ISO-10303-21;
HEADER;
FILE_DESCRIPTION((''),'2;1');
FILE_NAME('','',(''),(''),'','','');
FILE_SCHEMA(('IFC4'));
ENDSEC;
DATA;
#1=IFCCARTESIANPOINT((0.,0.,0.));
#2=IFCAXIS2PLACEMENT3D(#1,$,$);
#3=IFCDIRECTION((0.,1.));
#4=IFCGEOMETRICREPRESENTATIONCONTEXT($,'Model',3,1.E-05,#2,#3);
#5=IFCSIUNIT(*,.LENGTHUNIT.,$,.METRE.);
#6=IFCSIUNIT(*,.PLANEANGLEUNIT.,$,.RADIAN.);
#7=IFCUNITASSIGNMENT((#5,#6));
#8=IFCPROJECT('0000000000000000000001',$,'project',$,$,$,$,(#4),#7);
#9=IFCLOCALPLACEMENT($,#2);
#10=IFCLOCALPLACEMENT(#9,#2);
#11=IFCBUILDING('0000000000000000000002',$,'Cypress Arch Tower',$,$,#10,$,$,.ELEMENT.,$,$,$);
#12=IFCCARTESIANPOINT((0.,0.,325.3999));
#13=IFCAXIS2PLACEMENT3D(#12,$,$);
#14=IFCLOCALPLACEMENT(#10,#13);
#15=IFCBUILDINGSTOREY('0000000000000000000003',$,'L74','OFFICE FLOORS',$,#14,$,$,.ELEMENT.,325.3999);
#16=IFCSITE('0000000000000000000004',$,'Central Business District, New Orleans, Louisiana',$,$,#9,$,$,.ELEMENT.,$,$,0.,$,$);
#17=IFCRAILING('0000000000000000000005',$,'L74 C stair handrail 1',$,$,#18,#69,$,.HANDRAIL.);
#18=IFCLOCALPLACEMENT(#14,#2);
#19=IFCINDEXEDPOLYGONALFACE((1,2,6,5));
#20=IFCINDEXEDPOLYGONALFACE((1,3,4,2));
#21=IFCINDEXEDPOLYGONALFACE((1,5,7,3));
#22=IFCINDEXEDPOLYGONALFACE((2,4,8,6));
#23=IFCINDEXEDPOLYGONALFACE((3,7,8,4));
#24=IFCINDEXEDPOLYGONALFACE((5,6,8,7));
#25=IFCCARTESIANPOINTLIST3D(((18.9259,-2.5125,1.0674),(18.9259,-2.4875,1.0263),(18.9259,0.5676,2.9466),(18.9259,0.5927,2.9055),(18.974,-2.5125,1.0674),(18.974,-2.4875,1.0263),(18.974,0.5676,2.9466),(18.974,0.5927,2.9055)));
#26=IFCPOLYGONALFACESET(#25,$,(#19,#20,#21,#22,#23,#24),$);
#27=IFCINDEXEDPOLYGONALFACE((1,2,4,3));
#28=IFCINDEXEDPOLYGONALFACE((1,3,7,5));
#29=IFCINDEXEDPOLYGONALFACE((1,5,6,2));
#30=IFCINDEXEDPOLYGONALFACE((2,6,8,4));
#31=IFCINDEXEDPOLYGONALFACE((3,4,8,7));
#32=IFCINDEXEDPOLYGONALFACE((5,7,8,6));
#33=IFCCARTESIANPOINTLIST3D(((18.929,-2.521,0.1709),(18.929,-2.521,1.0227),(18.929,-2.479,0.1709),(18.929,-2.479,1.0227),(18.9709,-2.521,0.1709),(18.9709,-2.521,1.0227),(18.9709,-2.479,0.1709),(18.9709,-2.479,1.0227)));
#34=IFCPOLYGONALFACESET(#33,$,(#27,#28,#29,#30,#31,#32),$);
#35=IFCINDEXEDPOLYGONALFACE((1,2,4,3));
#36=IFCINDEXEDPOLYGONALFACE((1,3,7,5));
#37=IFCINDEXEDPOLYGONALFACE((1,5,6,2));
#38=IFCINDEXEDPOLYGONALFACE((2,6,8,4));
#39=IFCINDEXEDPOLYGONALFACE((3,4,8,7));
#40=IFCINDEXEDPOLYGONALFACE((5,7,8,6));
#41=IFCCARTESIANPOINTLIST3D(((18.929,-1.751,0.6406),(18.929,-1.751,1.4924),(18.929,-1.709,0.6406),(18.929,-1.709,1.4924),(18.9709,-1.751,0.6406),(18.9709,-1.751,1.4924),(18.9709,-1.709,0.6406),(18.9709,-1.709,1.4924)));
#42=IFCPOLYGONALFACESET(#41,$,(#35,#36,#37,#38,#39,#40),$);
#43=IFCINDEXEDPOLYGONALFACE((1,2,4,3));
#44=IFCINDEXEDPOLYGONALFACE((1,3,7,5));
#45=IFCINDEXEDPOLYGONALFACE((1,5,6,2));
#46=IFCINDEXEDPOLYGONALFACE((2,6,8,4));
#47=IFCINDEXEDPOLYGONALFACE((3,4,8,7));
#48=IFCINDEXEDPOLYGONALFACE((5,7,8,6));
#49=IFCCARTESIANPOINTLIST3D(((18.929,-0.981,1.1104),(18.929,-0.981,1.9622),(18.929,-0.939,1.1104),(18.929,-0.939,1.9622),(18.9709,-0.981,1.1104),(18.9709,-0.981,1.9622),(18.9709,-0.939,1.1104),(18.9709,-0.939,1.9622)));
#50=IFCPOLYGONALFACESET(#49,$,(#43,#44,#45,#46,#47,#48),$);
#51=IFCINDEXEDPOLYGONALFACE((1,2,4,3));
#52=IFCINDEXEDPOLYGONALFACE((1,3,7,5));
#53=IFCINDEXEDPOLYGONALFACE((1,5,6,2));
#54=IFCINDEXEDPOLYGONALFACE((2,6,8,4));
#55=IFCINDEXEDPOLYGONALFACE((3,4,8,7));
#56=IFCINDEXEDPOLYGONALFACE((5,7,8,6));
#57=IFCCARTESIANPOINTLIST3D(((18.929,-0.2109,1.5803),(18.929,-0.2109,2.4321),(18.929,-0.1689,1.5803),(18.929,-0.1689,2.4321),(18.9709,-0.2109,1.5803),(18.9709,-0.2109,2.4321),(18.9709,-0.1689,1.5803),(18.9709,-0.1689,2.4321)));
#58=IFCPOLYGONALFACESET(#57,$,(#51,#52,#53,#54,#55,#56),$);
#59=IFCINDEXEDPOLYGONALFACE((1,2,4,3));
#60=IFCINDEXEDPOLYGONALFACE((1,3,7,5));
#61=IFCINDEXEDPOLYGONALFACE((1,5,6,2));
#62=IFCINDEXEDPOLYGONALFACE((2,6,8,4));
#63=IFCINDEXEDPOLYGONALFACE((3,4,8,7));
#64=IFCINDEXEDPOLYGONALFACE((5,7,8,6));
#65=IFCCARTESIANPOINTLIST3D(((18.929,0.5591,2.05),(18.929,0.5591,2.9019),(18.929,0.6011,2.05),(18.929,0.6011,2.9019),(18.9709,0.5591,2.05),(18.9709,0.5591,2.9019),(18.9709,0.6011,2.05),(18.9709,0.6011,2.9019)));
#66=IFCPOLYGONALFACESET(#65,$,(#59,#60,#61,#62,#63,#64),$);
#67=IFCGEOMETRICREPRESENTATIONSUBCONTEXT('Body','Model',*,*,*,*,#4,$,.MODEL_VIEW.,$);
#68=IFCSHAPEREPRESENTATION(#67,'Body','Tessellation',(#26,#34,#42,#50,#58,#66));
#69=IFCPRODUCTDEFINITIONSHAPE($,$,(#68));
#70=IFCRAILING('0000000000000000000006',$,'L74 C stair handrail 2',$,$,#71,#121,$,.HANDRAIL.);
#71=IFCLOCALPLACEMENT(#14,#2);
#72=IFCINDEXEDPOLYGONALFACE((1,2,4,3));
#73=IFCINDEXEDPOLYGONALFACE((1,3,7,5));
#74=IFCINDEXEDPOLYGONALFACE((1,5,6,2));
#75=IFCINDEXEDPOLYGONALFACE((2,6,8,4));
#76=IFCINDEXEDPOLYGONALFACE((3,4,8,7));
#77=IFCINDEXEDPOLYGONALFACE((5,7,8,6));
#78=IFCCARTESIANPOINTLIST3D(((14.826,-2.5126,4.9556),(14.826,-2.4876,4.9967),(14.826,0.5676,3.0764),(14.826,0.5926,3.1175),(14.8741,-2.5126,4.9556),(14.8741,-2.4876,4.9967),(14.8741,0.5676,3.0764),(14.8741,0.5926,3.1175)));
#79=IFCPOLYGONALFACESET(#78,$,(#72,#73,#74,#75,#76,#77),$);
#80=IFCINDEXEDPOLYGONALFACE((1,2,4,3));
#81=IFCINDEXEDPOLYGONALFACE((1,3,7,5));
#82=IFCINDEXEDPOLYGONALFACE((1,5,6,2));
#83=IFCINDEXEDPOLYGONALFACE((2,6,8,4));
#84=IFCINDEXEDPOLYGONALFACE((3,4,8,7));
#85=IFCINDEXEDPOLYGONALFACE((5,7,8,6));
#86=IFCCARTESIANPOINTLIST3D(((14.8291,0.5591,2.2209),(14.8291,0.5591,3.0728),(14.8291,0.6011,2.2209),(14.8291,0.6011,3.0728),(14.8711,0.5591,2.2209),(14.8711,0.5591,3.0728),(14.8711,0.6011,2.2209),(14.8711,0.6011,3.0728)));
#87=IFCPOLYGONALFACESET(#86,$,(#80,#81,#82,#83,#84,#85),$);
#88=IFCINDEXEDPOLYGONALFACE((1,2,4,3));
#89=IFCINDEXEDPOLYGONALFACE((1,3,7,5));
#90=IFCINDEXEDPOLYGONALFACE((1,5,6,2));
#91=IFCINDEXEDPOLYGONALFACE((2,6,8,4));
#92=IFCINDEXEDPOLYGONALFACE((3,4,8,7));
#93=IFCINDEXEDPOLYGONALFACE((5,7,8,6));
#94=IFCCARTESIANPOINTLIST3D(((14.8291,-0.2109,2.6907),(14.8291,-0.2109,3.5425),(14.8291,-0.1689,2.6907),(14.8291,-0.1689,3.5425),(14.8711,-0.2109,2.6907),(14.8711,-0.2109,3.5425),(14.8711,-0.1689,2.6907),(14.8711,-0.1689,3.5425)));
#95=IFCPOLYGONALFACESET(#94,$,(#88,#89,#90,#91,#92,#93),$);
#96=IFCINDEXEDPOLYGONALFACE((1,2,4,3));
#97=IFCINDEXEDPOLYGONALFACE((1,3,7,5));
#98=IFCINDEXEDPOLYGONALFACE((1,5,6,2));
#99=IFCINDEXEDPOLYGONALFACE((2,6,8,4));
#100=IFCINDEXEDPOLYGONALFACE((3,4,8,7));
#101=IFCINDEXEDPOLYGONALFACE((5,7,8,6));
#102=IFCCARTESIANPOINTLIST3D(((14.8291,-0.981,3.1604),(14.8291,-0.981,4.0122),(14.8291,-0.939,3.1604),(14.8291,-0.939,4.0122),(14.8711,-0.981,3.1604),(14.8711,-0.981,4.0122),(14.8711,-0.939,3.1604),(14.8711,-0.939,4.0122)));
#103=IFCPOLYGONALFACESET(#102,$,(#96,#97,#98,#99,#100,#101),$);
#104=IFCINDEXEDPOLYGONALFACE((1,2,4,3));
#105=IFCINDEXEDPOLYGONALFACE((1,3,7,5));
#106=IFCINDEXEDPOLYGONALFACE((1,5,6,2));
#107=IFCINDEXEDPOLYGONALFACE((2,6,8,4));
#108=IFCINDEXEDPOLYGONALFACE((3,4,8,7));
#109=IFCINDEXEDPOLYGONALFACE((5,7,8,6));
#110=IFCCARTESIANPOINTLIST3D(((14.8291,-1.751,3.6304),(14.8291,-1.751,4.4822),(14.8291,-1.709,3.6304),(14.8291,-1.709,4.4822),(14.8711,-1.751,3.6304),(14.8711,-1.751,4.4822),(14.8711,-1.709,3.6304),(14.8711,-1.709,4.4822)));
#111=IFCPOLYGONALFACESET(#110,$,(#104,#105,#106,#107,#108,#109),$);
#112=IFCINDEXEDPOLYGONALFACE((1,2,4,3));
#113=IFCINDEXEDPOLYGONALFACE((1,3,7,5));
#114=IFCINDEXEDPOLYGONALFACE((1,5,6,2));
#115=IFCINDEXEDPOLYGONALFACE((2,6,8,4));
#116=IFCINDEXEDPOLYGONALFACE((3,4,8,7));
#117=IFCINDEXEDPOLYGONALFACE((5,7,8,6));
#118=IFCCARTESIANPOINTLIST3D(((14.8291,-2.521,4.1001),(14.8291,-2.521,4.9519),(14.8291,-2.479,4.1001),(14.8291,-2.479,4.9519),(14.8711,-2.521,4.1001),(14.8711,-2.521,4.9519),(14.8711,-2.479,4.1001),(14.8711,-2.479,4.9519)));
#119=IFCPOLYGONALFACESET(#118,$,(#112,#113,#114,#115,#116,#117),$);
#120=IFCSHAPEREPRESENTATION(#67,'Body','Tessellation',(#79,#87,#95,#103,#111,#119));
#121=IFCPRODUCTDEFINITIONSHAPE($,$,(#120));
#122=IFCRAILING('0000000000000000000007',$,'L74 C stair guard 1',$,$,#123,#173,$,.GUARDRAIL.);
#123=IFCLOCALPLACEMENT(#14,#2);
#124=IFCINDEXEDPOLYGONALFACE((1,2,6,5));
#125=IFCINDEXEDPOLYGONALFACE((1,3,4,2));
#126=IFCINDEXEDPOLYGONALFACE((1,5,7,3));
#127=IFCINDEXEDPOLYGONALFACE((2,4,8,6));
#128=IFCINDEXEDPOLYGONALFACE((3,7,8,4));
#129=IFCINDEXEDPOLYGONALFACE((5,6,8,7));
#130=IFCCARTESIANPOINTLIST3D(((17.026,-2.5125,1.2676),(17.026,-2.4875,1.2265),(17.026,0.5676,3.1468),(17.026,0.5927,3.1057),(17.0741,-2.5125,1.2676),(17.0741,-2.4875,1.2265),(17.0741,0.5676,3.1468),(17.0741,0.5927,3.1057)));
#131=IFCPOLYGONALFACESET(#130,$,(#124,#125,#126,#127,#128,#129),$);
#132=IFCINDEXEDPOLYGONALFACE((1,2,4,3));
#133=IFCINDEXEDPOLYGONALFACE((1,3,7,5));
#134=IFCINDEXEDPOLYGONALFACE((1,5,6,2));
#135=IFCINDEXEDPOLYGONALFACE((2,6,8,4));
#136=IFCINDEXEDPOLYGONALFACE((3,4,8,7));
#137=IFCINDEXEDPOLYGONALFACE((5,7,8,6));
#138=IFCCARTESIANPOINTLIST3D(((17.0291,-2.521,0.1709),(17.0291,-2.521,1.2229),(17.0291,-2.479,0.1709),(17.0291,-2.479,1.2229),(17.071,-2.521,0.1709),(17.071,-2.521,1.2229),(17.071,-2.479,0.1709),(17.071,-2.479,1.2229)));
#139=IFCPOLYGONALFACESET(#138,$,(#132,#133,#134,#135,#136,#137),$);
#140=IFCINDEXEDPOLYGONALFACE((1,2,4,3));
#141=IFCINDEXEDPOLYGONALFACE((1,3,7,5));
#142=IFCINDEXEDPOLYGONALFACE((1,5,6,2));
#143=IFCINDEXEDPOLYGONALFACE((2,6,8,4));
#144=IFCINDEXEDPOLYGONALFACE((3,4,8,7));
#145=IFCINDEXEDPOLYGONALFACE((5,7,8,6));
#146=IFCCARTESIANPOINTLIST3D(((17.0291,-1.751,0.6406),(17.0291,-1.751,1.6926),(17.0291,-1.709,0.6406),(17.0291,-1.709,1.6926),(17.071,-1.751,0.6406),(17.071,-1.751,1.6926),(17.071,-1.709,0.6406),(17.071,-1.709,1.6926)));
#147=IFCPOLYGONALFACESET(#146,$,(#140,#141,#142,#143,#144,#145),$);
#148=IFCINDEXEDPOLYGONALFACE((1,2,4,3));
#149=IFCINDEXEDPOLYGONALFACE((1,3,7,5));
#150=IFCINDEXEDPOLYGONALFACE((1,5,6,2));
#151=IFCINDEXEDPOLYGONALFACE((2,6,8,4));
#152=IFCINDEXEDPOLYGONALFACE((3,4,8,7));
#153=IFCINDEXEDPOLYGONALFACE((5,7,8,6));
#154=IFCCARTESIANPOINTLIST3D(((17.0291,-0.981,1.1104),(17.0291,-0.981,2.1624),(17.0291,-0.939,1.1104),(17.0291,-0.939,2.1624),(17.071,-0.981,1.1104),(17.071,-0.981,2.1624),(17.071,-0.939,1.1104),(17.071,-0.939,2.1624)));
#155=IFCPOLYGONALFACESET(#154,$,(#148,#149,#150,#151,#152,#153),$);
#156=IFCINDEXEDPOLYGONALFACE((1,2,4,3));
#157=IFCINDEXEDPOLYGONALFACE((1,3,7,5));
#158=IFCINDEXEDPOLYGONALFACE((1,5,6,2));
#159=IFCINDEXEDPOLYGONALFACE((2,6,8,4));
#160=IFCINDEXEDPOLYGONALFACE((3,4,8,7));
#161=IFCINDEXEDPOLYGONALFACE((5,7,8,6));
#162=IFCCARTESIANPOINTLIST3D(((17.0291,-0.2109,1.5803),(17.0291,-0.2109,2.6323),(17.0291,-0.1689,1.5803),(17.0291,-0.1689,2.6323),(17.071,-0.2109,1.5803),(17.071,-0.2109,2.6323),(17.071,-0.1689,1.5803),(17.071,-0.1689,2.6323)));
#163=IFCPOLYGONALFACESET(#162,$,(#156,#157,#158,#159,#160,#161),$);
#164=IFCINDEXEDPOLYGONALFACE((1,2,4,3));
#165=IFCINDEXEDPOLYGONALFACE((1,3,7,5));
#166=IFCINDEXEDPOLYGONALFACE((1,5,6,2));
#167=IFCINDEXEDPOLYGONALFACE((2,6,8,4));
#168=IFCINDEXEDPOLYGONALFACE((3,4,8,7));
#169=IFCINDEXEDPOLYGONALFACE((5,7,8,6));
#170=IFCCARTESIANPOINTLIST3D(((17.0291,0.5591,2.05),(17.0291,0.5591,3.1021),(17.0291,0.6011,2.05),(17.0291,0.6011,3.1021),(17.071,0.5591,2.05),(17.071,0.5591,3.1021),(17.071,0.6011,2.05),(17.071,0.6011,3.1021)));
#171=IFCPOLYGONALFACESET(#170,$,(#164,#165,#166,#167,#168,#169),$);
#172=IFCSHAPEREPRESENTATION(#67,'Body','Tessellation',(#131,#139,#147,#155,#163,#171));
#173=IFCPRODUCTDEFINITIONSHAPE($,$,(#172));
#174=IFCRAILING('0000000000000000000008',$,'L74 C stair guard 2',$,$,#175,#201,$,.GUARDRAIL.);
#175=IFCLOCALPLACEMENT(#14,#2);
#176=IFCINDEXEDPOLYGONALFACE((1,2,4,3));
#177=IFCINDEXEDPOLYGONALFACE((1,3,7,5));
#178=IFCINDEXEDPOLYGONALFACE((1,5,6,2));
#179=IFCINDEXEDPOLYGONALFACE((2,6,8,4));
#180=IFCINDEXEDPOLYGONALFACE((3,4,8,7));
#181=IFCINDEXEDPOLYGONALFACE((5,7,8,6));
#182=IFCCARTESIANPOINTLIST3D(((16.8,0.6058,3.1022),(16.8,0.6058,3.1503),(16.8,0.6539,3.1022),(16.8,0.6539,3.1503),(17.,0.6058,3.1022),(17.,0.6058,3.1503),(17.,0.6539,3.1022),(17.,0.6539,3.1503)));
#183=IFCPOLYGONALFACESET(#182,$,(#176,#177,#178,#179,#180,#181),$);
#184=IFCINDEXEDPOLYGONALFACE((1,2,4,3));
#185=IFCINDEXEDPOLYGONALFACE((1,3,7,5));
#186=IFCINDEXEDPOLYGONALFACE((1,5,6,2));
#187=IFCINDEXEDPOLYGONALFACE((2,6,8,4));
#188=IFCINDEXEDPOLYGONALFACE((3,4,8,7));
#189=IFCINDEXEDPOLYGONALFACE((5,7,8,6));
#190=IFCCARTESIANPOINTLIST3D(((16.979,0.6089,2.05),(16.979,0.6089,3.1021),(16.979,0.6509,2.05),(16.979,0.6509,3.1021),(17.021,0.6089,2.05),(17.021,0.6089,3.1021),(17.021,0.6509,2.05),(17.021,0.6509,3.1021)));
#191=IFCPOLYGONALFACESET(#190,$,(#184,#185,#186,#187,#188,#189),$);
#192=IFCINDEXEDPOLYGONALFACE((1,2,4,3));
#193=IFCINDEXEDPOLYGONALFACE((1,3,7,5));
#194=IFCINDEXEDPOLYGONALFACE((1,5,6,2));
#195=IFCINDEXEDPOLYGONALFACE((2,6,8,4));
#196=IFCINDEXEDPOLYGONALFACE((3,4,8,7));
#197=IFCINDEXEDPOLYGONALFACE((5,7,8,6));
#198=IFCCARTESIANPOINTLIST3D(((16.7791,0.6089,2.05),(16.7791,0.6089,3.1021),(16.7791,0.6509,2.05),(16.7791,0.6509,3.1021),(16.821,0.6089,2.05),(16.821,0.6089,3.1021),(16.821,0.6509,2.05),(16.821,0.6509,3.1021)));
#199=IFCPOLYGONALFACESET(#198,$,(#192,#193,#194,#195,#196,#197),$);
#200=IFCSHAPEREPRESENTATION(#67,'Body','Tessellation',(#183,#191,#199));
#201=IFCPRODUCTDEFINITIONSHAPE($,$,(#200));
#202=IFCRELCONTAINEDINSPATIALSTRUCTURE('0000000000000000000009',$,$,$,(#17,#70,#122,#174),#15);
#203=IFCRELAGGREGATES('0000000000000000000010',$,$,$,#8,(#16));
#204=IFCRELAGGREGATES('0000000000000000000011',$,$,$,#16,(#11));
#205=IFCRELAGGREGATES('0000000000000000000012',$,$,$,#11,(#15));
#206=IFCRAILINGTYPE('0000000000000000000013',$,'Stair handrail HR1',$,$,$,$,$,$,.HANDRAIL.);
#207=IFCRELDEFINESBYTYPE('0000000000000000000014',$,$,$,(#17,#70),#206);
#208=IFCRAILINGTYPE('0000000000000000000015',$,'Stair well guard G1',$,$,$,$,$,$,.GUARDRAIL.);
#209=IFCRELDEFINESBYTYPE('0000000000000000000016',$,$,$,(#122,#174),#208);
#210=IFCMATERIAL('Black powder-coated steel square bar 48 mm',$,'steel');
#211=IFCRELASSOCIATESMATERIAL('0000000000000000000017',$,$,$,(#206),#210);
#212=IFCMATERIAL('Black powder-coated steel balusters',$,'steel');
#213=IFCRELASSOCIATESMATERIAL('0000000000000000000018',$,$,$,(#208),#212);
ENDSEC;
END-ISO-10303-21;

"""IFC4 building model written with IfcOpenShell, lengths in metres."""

from ifc_helpers import new_model, si_unit, direction, frame, origin, origin_2d, place, context, subcontext, project, spatial, rectangle, extrude, material, type_object, element, save


model = new_model("IFC4")

# Units and contexts
model_context = context("Model", 3, precision=1e-05, world=origin(), true_north=direction((0.0, 1.0)))
body_context = subcontext(model_context, "Body", "Model", "MODEL_VIEW")
ifc_project = project(units=[si_unit("LENGTHUNIT", "METRE"), si_unit("PLANEANGLEUNIT", "RADIAN")], contexts=[model_context])

# Site, building, storey
site_placement = place(None, origin())
site = spatial("IfcSite", under=ifc_project, at=site_placement, Name="Central Business District, New Orleans, Louisiana", CompositionType="ELEMENT", RefElevation=0.0)
building_placement = place(site_placement, origin())
building = spatial("IfcBuilding", under=site, at=building_placement, Name="Cypress Arch Tower", CompositionType="ELEMENT")
storey_placement = place(building_placement, frame((0.0, 0.0, 325.3999)))
storey = spatial("IfcBuildingStorey", under=building, at=storey_placement, Name="L74", Description="OFFICE FLOORS", CompositionType="ELEMENT", Elevation=325.3999)

# Railings
ifc_material_1 = material(Name="Black powder-coated steel square bar 48 mm", Category="steel")
railing_type_1 = type_object("IfcRailingType", Name="Stair handrail HR1", PredefinedType="HANDRAIL", material=ifc_material_1)
railing_1_placement = place(storey_placement, frame((18.95, -2.5, 0.1709)))
element("IfcRailing", 1, at=railing_1_placement, inside=storey, type_object=railing_type_1, Name="L74 C stair handrail 1", PredefinedType="HANDRAIL", context=body_context, shape_type="SweptSolid", body=[
    extrude(rectangle(XDim=0.0481, YDim=0.0481, at=origin_2d()), frame((0.0, 0.0, 0.876), z_axis=(0.0, 0.853666, 0.52082), x_axis=(-1.0, 0.0, 0.0)), (0.0, 0.0, 1.0), 3.6082),
    extrude(rectangle(XDim=0.042, YDim=0.042, at=origin_2d()), origin(), (0.0, 0.0, 1.0), 0.8518),
    extrude(rectangle(XDim=0.042, YDim=0.042, at=origin_2d()), frame((0.0, 0.77, 0.4697)), (0.0, 0.0, 1.0), 0.8518),
    extrude(rectangle(XDim=0.042, YDim=0.042, at=origin_2d()), frame((0.0, 1.54, 0.9395)), (0.0, 0.0, 1.0), 0.8518),
    extrude(rectangle(XDim=0.042, YDim=0.042, at=origin_2d()), frame((0.0, 2.3101, 1.4094)), (0.0, 0.0, 1.0), 0.8518),
    extrude(rectangle(XDim=0.042, YDim=0.042, at=origin_2d()), frame((0.0, 3.0801, 1.8792)), (0.0, 0.0, 1.0), 0.8518),
])
railing_2_placement = place(storey_placement, frame((14.8501, 0.5801, 2.2209)))
element("IfcRailing", 2, at=railing_2_placement, inside=storey, type_object=railing_type_1, Name="L74 C stair handrail 2", PredefinedType="HANDRAIL", context=body_context, shape_type="SweptSolid", body=[
    extrude(rectangle(XDim=0.0481, YDim=0.0481, at=origin_2d()), frame((0.0, 0.0, 0.876), z_axis=(0.0, -0.853666, 0.52082), x_axis=(1.0, 0.0, 0.0)), (0.0, 0.0, 1.0), 3.6082),
    extrude(rectangle(XDim=0.042, YDim=0.042, at=origin_2d()), origin(), (0.0, 0.0, 1.0), 0.8518),
    extrude(rectangle(XDim=0.042, YDim=0.042, at=origin_2d()), frame((0.0, -0.77, 0.4697)), (0.0, 0.0, 1.0), 0.8518),
    extrude(rectangle(XDim=0.042, YDim=0.042, at=origin_2d()), frame((0.0, -1.54, 0.9395)), (0.0, 0.0, 1.0), 0.8518),
    extrude(rectangle(XDim=0.042, YDim=0.042, at=origin_2d()), frame((0.0, -2.3101, 1.4094)), (0.0, 0.0, 1.0), 0.8518),
    extrude(rectangle(XDim=0.042, YDim=0.042, at=origin_2d()), frame((0.0, -3.0801, 1.8792)), (0.0, 0.0, 1.0), 0.8518),
])
ifc_material_2 = material(Name="Black powder-coated steel balusters", Category="steel")
railing_type_2 = type_object("IfcRailingType", Name="Stair well guard G1", PredefinedType="GUARDRAIL", material=ifc_material_2)
railing_3_placement = place(storey_placement, frame((17.05, -2.5, 0.1709)))
element("IfcRailing", 3, at=railing_3_placement, inside=storey, type_object=railing_type_2, Name="L74 C stair guard 1", PredefinedType="GUARDRAIL", context=body_context, shape_type="SweptSolid", body=[
    extrude(rectangle(XDim=0.0481, YDim=0.0481, at=origin_2d()), frame((0.0, 0.0, 1.0762), z_axis=(0.0, 0.853666, 0.52082), x_axis=(-1.0, 0.0, 0.0)), (0.0, 0.0, 1.0), 3.6082),
    extrude(rectangle(XDim=0.042, YDim=0.042, at=origin_2d()), origin(), (0.0, 0.0, 1.0), 1.052),
    extrude(rectangle(XDim=0.042, YDim=0.042, at=origin_2d()), frame((0.0, 0.77, 0.4697)), (0.0, 0.0, 1.0), 1.052),
    extrude(rectangle(XDim=0.042, YDim=0.042, at=origin_2d()), frame((0.0, 1.54, 0.9395)), (0.0, 0.0, 1.0), 1.052),
    extrude(rectangle(XDim=0.042, YDim=0.042, at=origin_2d()), frame((0.0, 2.3101, 1.4094)), (0.0, 0.0, 1.0), 1.052),
    extrude(rectangle(XDim=0.042, YDim=0.042, at=origin_2d()), frame((0.0, 3.0801, 1.8792)), (0.0, 0.0, 1.0), 1.052),
])
railing_4_placement = place(storey_placement, frame((17.0, 0.6299, 2.05)))
element("IfcRailing", 4, at=railing_4_placement, inside=storey, type_object=railing_type_2, Name="L74 C stair guard 2", PredefinedType="GUARDRAIL", context=body_context, shape_type="SweptSolid", body=[
    extrude(rectangle(XDim=0.0481, YDim=0.0481, at=origin_2d()), frame((0.0, 0.0, 1.0762), z_axis=(-1.0, 0.0, 0.0), x_axis=(0.0, -1.0, 0.0)), (0.0, 0.0, 1.0), 0.2),
    extrude(rectangle(XDim=0.042, YDim=0.042, at=origin_2d()), origin(), (0.0, 0.0, 1.0), 1.052),
    extrude(rectangle(XDim=0.042, YDim=0.042, at=origin_2d()), frame((-0.2, 0.0, 0.0)), (0.0, 0.0, 1.0), 1.052),
])

save(model, "model.ifc")
